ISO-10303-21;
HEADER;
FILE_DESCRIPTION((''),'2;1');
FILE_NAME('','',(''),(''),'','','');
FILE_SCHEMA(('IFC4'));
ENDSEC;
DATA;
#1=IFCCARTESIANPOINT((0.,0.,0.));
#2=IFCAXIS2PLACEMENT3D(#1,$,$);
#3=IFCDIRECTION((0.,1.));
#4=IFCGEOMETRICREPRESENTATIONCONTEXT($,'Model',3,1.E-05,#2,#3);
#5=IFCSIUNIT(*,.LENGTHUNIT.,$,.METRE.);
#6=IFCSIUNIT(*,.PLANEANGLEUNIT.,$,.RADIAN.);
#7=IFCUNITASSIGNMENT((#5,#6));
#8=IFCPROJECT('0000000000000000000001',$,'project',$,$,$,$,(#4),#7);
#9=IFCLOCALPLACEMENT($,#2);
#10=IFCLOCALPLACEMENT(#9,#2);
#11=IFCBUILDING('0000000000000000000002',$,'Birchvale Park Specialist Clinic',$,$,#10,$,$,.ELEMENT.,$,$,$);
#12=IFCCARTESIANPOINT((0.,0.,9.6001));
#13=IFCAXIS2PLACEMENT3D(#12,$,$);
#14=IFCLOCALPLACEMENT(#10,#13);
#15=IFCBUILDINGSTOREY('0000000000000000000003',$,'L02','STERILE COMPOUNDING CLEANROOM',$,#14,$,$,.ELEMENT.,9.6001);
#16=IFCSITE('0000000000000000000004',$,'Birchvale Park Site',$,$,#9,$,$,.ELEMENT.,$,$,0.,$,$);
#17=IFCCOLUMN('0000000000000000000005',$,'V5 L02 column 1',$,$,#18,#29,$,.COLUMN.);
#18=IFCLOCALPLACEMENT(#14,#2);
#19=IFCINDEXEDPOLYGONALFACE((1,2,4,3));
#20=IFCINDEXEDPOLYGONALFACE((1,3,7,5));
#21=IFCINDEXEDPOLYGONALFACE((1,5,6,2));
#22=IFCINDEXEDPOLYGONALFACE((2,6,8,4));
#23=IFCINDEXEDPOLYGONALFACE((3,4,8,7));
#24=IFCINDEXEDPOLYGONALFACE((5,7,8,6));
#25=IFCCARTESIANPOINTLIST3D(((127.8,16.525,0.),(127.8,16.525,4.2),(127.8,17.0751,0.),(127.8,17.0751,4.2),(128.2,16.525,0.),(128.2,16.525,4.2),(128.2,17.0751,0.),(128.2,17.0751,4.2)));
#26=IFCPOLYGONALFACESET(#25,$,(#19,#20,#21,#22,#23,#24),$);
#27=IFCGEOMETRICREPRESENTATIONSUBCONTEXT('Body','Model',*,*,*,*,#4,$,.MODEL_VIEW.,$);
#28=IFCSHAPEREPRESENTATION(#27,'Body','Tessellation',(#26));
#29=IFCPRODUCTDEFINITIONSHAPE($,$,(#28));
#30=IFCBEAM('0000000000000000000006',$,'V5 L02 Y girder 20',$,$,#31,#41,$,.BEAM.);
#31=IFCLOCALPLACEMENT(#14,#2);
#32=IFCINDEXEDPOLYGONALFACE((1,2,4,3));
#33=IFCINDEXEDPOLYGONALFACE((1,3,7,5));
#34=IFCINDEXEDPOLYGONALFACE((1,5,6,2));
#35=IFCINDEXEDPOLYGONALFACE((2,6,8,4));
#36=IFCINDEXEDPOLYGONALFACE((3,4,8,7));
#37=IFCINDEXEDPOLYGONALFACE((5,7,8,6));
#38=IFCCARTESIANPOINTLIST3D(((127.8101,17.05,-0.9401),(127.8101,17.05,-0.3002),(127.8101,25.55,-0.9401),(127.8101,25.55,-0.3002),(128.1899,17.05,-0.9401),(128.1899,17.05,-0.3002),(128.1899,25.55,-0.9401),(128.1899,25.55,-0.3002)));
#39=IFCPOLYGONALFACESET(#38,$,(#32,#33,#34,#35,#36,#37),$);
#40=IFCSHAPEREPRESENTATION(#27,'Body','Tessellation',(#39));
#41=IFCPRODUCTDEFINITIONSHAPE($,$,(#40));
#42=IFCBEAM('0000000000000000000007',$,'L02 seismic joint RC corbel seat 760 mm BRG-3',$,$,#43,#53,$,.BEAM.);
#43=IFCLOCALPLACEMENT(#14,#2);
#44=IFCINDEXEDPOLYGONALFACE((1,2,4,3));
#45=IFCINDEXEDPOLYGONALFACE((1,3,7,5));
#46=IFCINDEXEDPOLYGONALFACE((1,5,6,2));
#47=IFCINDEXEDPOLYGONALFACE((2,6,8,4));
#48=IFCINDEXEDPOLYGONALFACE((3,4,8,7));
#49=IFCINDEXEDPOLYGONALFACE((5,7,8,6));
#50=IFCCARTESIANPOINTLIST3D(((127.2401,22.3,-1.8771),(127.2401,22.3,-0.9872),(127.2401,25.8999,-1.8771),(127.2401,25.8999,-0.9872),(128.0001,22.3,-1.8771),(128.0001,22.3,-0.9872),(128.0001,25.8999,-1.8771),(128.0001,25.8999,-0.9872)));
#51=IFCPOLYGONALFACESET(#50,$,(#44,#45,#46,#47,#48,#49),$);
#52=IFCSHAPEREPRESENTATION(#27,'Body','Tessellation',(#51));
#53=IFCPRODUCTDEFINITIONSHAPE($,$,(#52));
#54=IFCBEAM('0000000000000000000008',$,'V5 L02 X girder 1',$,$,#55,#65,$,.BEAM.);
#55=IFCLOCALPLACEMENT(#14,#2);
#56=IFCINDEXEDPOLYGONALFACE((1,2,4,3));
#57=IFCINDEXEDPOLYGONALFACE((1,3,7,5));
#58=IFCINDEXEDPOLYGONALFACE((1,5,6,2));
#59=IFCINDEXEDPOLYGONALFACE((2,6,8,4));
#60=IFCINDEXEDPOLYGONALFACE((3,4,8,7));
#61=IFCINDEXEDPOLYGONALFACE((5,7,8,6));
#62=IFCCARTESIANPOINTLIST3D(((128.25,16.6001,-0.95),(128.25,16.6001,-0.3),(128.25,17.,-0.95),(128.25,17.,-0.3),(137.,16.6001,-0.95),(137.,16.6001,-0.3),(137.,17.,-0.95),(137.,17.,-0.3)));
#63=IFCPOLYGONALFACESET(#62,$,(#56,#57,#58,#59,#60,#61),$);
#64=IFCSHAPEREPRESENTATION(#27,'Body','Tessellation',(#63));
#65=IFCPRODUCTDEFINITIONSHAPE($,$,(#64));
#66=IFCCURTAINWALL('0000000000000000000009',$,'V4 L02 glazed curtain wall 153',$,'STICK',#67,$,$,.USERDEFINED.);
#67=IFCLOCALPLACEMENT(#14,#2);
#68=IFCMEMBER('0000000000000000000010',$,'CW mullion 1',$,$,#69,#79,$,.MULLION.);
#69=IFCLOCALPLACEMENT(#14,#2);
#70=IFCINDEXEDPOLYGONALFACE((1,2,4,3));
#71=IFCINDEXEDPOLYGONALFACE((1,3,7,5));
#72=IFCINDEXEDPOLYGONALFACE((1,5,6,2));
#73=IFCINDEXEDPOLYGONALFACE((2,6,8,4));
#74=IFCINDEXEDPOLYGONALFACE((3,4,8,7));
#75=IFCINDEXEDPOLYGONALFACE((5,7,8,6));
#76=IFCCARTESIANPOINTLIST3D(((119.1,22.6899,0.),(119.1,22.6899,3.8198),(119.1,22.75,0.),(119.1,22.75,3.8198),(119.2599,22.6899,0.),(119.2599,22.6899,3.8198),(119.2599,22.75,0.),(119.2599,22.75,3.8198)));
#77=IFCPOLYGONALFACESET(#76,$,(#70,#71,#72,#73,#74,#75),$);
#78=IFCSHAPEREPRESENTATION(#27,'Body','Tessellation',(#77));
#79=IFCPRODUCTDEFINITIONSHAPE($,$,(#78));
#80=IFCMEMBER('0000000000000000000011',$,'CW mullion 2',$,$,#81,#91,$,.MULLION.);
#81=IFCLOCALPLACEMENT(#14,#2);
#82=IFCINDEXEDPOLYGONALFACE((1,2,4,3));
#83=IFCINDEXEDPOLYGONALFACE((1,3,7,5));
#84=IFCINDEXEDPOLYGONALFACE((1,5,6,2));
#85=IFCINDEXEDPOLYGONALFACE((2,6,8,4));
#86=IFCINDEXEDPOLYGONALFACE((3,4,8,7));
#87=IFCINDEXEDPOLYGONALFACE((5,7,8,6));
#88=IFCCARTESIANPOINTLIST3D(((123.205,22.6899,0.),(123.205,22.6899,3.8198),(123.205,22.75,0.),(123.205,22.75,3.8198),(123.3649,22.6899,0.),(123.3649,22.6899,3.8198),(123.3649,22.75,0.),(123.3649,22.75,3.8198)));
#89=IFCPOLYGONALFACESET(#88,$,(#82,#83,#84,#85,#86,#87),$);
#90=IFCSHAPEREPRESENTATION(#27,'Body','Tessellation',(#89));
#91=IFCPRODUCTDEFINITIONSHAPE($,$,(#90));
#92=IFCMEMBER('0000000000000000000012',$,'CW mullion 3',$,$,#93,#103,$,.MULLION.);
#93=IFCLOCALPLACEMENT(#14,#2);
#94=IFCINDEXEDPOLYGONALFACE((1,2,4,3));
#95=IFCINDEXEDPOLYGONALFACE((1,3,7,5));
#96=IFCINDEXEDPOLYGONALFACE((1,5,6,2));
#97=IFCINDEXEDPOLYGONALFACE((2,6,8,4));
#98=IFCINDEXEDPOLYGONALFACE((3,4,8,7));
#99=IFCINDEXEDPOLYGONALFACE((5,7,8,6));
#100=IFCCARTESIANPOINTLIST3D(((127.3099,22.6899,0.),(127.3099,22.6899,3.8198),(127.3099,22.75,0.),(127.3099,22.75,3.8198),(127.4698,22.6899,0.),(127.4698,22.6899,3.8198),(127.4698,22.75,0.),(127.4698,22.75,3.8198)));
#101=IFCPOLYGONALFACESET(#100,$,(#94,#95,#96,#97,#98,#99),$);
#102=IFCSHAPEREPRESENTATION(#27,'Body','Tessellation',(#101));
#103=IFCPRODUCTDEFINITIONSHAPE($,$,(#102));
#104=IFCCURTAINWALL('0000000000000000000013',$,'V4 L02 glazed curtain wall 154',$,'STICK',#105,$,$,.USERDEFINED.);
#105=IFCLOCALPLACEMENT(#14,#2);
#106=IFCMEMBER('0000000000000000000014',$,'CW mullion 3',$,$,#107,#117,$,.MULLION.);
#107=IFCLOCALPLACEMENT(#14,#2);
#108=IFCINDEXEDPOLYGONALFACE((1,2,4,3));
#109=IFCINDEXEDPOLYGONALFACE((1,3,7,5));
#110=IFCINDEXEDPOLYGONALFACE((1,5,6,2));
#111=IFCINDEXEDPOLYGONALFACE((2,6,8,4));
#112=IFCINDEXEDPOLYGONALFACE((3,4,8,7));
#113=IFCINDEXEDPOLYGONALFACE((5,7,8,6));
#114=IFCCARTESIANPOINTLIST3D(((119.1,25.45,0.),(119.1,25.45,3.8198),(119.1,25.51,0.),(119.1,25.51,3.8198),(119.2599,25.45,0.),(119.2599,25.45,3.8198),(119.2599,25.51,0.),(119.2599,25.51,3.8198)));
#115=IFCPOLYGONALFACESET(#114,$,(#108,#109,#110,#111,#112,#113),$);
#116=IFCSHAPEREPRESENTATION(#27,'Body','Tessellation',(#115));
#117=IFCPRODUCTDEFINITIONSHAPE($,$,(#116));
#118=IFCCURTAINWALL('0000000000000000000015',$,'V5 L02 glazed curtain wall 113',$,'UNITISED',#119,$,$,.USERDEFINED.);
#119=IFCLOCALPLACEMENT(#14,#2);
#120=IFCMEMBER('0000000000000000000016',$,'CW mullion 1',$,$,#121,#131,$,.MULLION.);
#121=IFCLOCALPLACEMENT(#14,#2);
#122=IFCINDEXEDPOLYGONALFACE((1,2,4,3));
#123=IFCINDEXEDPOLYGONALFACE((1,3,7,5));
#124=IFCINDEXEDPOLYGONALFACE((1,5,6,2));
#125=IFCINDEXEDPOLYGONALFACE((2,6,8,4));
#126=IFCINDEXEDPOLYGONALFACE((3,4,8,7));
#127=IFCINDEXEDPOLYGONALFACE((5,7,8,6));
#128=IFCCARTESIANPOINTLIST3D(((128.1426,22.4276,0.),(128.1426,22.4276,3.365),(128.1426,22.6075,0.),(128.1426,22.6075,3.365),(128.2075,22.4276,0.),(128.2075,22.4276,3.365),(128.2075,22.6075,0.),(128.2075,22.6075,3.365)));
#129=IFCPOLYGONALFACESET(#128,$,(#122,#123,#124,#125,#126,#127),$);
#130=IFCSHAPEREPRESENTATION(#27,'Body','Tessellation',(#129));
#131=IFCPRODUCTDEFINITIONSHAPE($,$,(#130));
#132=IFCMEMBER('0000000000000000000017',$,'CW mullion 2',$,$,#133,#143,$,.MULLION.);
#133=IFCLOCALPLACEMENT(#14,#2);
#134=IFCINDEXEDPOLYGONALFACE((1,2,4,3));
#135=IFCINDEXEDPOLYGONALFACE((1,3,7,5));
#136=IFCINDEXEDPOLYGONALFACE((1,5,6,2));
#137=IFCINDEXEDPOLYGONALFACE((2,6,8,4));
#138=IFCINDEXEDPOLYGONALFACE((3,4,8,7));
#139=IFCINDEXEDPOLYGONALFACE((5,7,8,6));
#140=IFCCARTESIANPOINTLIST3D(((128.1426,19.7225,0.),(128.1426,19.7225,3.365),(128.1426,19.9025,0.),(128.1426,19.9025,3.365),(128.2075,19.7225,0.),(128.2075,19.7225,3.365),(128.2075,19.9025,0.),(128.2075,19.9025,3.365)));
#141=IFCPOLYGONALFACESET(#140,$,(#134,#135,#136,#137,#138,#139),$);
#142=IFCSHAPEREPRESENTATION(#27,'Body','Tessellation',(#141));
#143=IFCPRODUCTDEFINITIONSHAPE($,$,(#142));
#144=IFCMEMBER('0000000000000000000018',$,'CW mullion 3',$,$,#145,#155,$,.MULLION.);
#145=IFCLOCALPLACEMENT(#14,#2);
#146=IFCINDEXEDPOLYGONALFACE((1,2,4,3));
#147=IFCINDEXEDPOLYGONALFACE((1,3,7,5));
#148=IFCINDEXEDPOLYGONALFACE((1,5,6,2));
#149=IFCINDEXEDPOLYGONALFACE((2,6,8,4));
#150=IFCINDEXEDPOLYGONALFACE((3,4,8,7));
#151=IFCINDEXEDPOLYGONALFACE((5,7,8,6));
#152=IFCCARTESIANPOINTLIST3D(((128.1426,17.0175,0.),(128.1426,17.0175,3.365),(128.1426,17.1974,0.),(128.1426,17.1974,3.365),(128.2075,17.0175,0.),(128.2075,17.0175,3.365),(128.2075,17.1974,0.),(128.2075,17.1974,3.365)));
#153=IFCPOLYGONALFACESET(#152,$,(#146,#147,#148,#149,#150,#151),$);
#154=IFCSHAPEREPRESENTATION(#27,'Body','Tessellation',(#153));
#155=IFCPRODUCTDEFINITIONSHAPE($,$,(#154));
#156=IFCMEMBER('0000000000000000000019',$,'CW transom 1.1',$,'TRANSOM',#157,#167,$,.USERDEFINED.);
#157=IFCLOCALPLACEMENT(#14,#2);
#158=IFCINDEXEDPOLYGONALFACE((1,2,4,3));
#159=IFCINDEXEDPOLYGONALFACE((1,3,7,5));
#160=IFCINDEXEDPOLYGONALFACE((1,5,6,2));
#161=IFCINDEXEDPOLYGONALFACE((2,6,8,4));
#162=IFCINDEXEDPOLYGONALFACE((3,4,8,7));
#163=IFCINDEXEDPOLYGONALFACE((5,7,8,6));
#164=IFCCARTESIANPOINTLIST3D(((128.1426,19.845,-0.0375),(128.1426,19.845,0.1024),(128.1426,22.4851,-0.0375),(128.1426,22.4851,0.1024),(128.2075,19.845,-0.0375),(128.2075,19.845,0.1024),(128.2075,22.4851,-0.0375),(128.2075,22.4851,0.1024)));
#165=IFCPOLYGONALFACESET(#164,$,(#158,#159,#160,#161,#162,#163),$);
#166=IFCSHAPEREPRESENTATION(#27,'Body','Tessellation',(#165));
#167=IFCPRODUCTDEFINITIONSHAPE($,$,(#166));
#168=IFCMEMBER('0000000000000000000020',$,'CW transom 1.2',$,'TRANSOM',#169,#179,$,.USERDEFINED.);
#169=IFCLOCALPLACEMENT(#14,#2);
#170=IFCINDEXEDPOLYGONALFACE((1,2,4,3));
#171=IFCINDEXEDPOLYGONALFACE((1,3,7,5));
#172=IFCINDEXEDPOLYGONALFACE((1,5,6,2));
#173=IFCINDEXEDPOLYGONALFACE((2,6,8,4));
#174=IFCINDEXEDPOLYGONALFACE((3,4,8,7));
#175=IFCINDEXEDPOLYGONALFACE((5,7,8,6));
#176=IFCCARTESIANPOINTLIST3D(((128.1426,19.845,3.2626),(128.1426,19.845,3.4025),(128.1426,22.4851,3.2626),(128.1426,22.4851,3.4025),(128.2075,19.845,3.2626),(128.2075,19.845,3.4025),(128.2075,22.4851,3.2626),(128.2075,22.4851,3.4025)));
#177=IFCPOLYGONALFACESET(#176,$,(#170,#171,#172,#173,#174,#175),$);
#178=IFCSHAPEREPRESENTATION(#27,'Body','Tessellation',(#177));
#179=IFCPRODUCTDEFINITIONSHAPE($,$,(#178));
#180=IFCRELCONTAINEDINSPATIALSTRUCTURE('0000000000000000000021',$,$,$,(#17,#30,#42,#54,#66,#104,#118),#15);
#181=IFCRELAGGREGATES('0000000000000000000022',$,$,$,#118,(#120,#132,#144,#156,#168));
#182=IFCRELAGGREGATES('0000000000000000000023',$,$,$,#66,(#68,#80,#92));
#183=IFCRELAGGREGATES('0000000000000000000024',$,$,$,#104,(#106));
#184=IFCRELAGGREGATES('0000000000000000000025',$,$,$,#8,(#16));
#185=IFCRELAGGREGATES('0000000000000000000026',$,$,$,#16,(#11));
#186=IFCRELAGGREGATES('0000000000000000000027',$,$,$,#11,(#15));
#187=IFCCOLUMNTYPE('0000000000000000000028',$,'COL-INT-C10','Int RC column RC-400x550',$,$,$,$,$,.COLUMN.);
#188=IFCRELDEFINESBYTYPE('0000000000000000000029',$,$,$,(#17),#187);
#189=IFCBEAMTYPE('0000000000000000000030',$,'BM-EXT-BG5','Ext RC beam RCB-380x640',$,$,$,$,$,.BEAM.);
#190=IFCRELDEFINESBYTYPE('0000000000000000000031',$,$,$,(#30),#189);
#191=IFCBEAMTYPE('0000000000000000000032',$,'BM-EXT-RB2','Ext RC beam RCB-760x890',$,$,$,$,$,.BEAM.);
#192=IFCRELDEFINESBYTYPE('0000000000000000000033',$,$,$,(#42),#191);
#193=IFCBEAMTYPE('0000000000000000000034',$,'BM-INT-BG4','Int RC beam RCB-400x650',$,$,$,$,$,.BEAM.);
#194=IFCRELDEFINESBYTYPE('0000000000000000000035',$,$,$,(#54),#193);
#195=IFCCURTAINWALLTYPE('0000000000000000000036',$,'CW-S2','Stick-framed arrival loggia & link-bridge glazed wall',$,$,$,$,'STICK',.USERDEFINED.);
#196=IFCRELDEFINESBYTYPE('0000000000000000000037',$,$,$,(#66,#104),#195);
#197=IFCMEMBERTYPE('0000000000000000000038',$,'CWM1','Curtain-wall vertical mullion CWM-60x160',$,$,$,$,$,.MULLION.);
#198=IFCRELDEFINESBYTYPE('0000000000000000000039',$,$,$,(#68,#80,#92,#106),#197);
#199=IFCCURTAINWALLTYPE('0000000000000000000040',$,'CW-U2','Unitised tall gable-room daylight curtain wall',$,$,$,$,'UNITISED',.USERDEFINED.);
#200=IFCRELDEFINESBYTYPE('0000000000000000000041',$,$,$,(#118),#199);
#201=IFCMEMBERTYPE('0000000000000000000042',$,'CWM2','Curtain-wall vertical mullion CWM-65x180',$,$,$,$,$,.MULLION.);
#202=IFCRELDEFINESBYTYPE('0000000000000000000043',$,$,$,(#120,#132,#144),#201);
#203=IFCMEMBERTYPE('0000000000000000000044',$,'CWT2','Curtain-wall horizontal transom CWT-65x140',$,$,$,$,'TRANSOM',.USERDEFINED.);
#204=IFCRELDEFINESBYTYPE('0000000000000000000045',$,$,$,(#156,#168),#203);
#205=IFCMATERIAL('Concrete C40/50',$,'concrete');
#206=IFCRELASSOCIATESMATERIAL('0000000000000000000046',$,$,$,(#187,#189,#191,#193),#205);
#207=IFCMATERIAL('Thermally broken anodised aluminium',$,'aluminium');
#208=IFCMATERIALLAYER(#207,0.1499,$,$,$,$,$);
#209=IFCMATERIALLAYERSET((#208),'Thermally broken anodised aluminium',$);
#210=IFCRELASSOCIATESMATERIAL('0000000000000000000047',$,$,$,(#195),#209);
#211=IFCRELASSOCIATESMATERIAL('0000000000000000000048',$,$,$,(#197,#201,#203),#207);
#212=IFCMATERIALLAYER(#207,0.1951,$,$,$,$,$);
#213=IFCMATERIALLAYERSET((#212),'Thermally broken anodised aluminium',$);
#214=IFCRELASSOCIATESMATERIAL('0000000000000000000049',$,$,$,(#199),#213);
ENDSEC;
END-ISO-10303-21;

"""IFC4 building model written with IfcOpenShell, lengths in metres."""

from ifc_helpers import new_model, si_unit, direction, frame, origin, origin_2d, place, context, subcontext, project, spatial, rectangle, extrude, material, layer, layer_set, material_profile, profile_set, type_object, element, aggregate, save


model = new_model("IFC4")

# Units and contexts
model_context = context("Model", 3, precision=1e-05, world=origin(), true_north=direction((0.0, 1.0)))
body_context = subcontext(model_context, "Body", "Model", "MODEL_VIEW")
ifc_project = project(units=[si_unit("LENGTHUNIT", "METRE"), si_unit("PLANEANGLEUNIT", "RADIAN")], contexts=[model_context])

# Site, building, storey
site_placement = place(None, origin())
site = spatial("IfcSite", under=ifc_project, at=site_placement, Name="Birchvale Park Site", CompositionType="ELEMENT", RefElevation=0.0)
building_placement = place(site_placement, origin())
building = spatial("IfcBuilding", under=site, at=building_placement, Name="Birchvale Park Specialist Clinic", CompositionType="ELEMENT")
storey_placement = place(building_placement, frame((0.0, 0.0, 9.6001)))
storey = spatial("IfcBuildingStorey", under=building, at=storey_placement, Name="L02", Description="STERILE COMPOUNDING CLEANROOM", CompositionType="ELEMENT", Elevation=9.6001)

# Column
ifc_material_1 = material(Name="Concrete C40/50", Category="concrete")
ifc_material_profile_1 = material_profile(ifc_material_1, rectangle(XDim=0.3999, YDim=0.55, at=origin_2d()), Name="RC-400x550")
ifc_profile_set_1 = profile_set([ifc_material_profile_1], Name="Concrete C40/50")
column_type = type_object("IfcColumnType", Name="COL-INT-C10", Description="Int RC column RC-400x550", PredefinedType="COLUMN", material=ifc_profile_set_1)
column_placement = place(storey_placement, frame((128.0, 16.8, 0.0), z_axis=(0.0, 0.0, 1.0), x_axis=(1.0, 0.0, 0.0)))
element("IfcColumn", 1, at=column_placement, inside=storey, type_object=column_type, Name="V5 L02 column 1", PredefinedType="COLUMN", context=body_context, shape_type="SweptSolid", body=[
    extrude(rectangle(XDim=0.3999, YDim=0.55, at=origin_2d()), origin(), (0.0, 0.0, 1.0), 4.2),
])

# Beams
ifc_material_profile_2 = material_profile(ifc_material_1, rectangle(XDim=0.3799, YDim=0.6399, at=origin_2d()), Name="RCB-380x640")
ifc_profile_set_2 = profile_set([ifc_material_profile_2], Name="Concrete C40/50")
beam_type_1 = type_object("IfcBeamType", Name="BM-EXT-BG5", Description="Ext RC beam RCB-380x640", PredefinedType="BEAM", material=ifc_profile_set_2)
beam_1_placement = place(storey_placement, frame((128.0, 17.05, -0.6201), z_axis=(0.0, 1.0, 0.0), x_axis=(-1.0, 0.0, 0.0)))
element("IfcBeam", 2, at=beam_1_placement, inside=storey, type_object=beam_type_1, Name="V5 L02 Y girder 20", PredefinedType="BEAM", context=body_context, shape_type="SweptSolid", body=[
    extrude(rectangle(XDim=0.3799, YDim=0.6399, at=origin_2d()), origin(), (0.0, 0.0, 1.0), 8.5),
])
ifc_material_profile_3 = material_profile(ifc_material_1, rectangle(XDim=0.76, YDim=0.8899, at=origin_2d()), Name="RCB-760x890")
ifc_profile_set_3 = profile_set([ifc_material_profile_3], Name="Concrete C40/50")
beam_type_2 = type_object("IfcBeamType", Name="BM-EXT-RB2", Description="Ext RC beam RCB-760x890", PredefinedType="BEAM", material=ifc_profile_set_3)
beam_2_placement = place(storey_placement, frame((127.6201, 22.3, -1.4321), z_axis=(0.0, 1.0, 0.0), x_axis=(-1.0, 0.0, 0.0)))
element("IfcBeam", 3, at=beam_2_placement, inside=storey, type_object=beam_type_2, Name="L02 seismic joint RC corbel seat 760 mm BRG-3", PredefinedType="BEAM", context=body_context, shape_type="SweptSolid", body=[
    extrude(rectangle(XDim=0.76, YDim=0.8899, at=origin_2d()), origin(), (0.0, 0.0, 1.0), 3.5999),
])
ifc_material_profile_4 = material_profile(ifc_material_1, rectangle(XDim=0.3999, YDim=0.6499, at=origin_2d()), Name="RCB-400x650")
ifc_profile_set_4 = profile_set([ifc_material_profile_4], Name="Concrete C40/50")
beam_type_3 = type_object("IfcBeamType", Name="BM-INT-BG4", Description="Int RC beam RCB-400x650", PredefinedType="BEAM", material=ifc_profile_set_4)
beam_3_placement = place(storey_placement, frame((128.25, 16.8, -0.625), z_axis=(1.0, 0.0, 0.0), x_axis=(0.0, 1.0, 0.0)))
element("IfcBeam", 4, at=beam_3_placement, inside=storey, type_object=beam_type_3, Name="V5 L02 X girder 1", PredefinedType="BEAM", context=body_context, shape_type="SweptSolid", body=[
    extrude(rectangle(XDim=0.3999, YDim=0.6499, at=origin_2d()), origin(), (0.0, 0.0, 1.0), 8.75),
])

# Curtain wall, members
ifc_material_2 = material(Name="Thermally broken anodised aluminium", Category="aluminium")
ifc_layer_1 = layer(ifc_material_2, 0.1499)
ifc_layer_set_1 = layer_set([ifc_layer_1], Name="Thermally broken anodised aluminium")
curtain_wall_type_1 = type_object("IfcCurtainWallType", Name="CW-S2", Description="Stick-framed arrival loggia & link-bridge glazed wall", ElementType="STICK", PredefinedType="USERDEFINED", material=ifc_layer_set_1)
curtain_wall_1_placement = place(storey_placement, origin())
curtain_wall_1 = element("IfcCurtainWall", 5, at=curtain_wall_1_placement, inside=storey, type_object=curtain_wall_type_1, Name="V4 L02 glazed curtain wall 153", ObjectType="STICK", PredefinedType="USERDEFINED")
ifc_material_profile_5 = material_profile(ifc_material_2, rectangle(XDim=0.0601, YDim=0.1599, at=origin_2d()), Name="CWM-60x160")
ifc_profile_set_5 = profile_set([ifc_material_profile_5], Name="Thermally broken anodised aluminium")
member_type_1 = type_object("IfcMemberType", Name="CWM1", Description="Curtain-wall vertical mullion CWM-60x160", PredefinedType="MULLION", material=ifc_profile_set_5)
member_1_placement = place(storey_placement, frame((119.1799, 22.72, 0.0), z_axis=(0.0, 0.0, 1.0), x_axis=(0.0, 1.0, 0.0)))
member_1 = element("IfcMember", 6, at=member_1_placement, type_object=member_type_1, Name="CW mullion 1", PredefinedType="MULLION", context=body_context, shape_type="SweptSolid", body=[
    extrude(rectangle(XDim=0.0601, YDim=0.1599, at=origin_2d()), origin(), (0.0, 0.0, 1.0), 3.8198),
])
member_2_placement = place(storey_placement, frame((123.2849, 22.72, 0.0), z_axis=(0.0, 0.0, 1.0), x_axis=(0.0, 1.0, 0.0)))
member_2 = element("IfcMember", 7, at=member_2_placement, type_object=member_type_1, Name="CW mullion 2", PredefinedType="MULLION", context=body_context, shape_type="SweptSolid", body=[
    extrude(rectangle(XDim=0.0601, YDim=0.1599, at=origin_2d()), origin(), (0.0, 0.0, 1.0), 3.8198),
])
member_3_placement = place(storey_placement, frame((127.3899, 22.72, 0.0), z_axis=(0.0, 0.0, 1.0), x_axis=(0.0, 1.0, 0.0)))
member_3 = element("IfcMember", 8, at=member_3_placement, type_object=member_type_1, Name="CW mullion 3", PredefinedType="MULLION", context=body_context, shape_type="SweptSolid", body=[
    extrude(rectangle(XDim=0.0601, YDim=0.1599, at=origin_2d()), origin(), (0.0, 0.0, 1.0), 3.8198),
])

# Curtain wall, member
curtain_wall_2_placement = place(storey_placement, origin())
curtain_wall_2 = element("IfcCurtainWall", 9, at=curtain_wall_2_placement, inside=storey, type_object=curtain_wall_type_1, Name="V4 L02 glazed curtain wall 154", ObjectType="STICK", PredefinedType="USERDEFINED")
member_4_placement = place(storey_placement, frame((119.1799, 25.48, 0.0), z_axis=(0.0, 0.0, 1.0), x_axis=(0.0, -1.0, 0.0)))
member_4 = element("IfcMember", 10, at=member_4_placement, type_object=member_type_1, Name="CW mullion 3", PredefinedType="MULLION", context=body_context, shape_type="SweptSolid", body=[
    extrude(rectangle(XDim=0.0601, YDim=0.1599, at=origin_2d()), origin(), (0.0, 0.0, 1.0), 3.8198),
])

# Curtain wall, members
ifc_layer_2 = layer(ifc_material_2, 0.1951)
ifc_layer_set_2 = layer_set([ifc_layer_2], Name="Thermally broken anodised aluminium")
curtain_wall_type_2 = type_object("IfcCurtainWallType", Name="CW-U2", Description="Unitised tall gable-room daylight curtain wall", ElementType="UNITISED", PredefinedType="USERDEFINED", material=ifc_layer_set_2)
curtain_wall_3_placement = place(storey_placement, origin())
curtain_wall_3 = element("IfcCurtainWall", 11, at=curtain_wall_3_placement, inside=storey, type_object=curtain_wall_type_2, Name="V5 L02 glazed curtain wall 113", ObjectType="UNITISED", PredefinedType="USERDEFINED")
ifc_material_profile_6 = material_profile(ifc_material_2, rectangle(XDim=0.0649, YDim=0.1799, at=origin_2d()), Name="CWM-65x180")
ifc_profile_set_6 = profile_set([ifc_material_profile_6], Name="Thermally broken anodised aluminium")
member_type_2 = type_object("IfcMemberType", Name="CWM2", Description="Curtain-wall vertical mullion CWM-65x180", PredefinedType="MULLION", material=ifc_profile_set_6)
member_5_placement = place(storey_placement, frame((128.175, 22.5176, 0.0), z_axis=(0.0, 0.0, 1.0), x_axis=(1.0, 0.0, 0.0)))
member_5 = element("IfcMember", 12, at=member_5_placement, type_object=member_type_2, Name="CW mullion 1", PredefinedType="MULLION", context=body_context, shape_type="SweptSolid", body=[
    extrude(rectangle(XDim=0.0649, YDim=0.1799, at=origin_2d()), origin(), (0.0, 0.0, 1.0), 3.365),
])
member_6_placement = place(storey_placement, frame((128.175, 19.8125, 0.0), z_axis=(0.0, 0.0, 1.0), x_axis=(1.0, 0.0, 0.0)))
member_6 = element("IfcMember", 13, at=member_6_placement, type_object=member_type_2, Name="CW mullion 2", PredefinedType="MULLION", context=body_context, shape_type="SweptSolid", body=[
    extrude(rectangle(XDim=0.0649, YDim=0.1799, at=origin_2d()), origin(), (0.0, 0.0, 1.0), 3.365),
])
member_7_placement = place(storey_placement, frame((128.175, 17.1074, 0.0), z_axis=(0.0, 0.0, 1.0), x_axis=(1.0, 0.0, 0.0)))
member_7 = element("IfcMember", 14, at=member_7_placement, type_object=member_type_2, Name="CW mullion 3", PredefinedType="MULLION", context=body_context, shape_type="SweptSolid", body=[
    extrude(rectangle(XDim=0.0649, YDim=0.1799, at=origin_2d()), origin(), (0.0, 0.0, 1.0), 3.365),
])
ifc_material_profile_7 = material_profile(ifc_material_2, rectangle(XDim=0.0649, YDim=0.1399, at=origin_2d()), Name="CWT-65x140")
ifc_profile_set_7 = profile_set([ifc_material_profile_7], Name="Thermally broken anodised aluminium")
member_type_3 = type_object("IfcMemberType", Name="CWT2", Description="Curtain-wall horizontal transom CWT-65x140", ElementType="TRANSOM", PredefinedType="USERDEFINED", material=ifc_profile_set_7)
member_8_placement = place(storey_placement, frame((128.175, 22.4851, 0.0325), z_axis=(0.0, -1.0, 0.0), x_axis=(1.0, 0.0, 0.0)))
member_8 = element("IfcMember", 15, at=member_8_placement, type_object=member_type_3, Name="CW transom 1.1", ObjectType="TRANSOM", PredefinedType="USERDEFINED", context=body_context, shape_type="SweptSolid", body=[
    extrude(rectangle(XDim=0.0649, YDim=0.1399, at=origin_2d()), origin(), (0.0, 0.0, 1.0), 2.6401),
])
member_9_placement = place(storey_placement, frame((128.175, 22.4851, 3.3325), z_axis=(0.0, -1.0, 0.0), x_axis=(1.0, 0.0, 0.0)))
member_9 = element("IfcMember", 16, at=member_9_placement, type_object=member_type_3, Name="CW transom 1.2", ObjectType="TRANSOM", PredefinedType="USERDEFINED", context=body_context, shape_type="SweptSolid", body=[
    extrude(rectangle(XDim=0.0649, YDim=0.1399, at=origin_2d()), origin(), (0.0, 0.0, 1.0), 2.6401),
])

aggregate(curtain_wall_3, [member_5, member_6, member_7, member_8, member_9])
aggregate(curtain_wall_1, [member_1, member_2, member_3])
aggregate(curtain_wall_2, [member_4])

save(model, "model.ifc")
